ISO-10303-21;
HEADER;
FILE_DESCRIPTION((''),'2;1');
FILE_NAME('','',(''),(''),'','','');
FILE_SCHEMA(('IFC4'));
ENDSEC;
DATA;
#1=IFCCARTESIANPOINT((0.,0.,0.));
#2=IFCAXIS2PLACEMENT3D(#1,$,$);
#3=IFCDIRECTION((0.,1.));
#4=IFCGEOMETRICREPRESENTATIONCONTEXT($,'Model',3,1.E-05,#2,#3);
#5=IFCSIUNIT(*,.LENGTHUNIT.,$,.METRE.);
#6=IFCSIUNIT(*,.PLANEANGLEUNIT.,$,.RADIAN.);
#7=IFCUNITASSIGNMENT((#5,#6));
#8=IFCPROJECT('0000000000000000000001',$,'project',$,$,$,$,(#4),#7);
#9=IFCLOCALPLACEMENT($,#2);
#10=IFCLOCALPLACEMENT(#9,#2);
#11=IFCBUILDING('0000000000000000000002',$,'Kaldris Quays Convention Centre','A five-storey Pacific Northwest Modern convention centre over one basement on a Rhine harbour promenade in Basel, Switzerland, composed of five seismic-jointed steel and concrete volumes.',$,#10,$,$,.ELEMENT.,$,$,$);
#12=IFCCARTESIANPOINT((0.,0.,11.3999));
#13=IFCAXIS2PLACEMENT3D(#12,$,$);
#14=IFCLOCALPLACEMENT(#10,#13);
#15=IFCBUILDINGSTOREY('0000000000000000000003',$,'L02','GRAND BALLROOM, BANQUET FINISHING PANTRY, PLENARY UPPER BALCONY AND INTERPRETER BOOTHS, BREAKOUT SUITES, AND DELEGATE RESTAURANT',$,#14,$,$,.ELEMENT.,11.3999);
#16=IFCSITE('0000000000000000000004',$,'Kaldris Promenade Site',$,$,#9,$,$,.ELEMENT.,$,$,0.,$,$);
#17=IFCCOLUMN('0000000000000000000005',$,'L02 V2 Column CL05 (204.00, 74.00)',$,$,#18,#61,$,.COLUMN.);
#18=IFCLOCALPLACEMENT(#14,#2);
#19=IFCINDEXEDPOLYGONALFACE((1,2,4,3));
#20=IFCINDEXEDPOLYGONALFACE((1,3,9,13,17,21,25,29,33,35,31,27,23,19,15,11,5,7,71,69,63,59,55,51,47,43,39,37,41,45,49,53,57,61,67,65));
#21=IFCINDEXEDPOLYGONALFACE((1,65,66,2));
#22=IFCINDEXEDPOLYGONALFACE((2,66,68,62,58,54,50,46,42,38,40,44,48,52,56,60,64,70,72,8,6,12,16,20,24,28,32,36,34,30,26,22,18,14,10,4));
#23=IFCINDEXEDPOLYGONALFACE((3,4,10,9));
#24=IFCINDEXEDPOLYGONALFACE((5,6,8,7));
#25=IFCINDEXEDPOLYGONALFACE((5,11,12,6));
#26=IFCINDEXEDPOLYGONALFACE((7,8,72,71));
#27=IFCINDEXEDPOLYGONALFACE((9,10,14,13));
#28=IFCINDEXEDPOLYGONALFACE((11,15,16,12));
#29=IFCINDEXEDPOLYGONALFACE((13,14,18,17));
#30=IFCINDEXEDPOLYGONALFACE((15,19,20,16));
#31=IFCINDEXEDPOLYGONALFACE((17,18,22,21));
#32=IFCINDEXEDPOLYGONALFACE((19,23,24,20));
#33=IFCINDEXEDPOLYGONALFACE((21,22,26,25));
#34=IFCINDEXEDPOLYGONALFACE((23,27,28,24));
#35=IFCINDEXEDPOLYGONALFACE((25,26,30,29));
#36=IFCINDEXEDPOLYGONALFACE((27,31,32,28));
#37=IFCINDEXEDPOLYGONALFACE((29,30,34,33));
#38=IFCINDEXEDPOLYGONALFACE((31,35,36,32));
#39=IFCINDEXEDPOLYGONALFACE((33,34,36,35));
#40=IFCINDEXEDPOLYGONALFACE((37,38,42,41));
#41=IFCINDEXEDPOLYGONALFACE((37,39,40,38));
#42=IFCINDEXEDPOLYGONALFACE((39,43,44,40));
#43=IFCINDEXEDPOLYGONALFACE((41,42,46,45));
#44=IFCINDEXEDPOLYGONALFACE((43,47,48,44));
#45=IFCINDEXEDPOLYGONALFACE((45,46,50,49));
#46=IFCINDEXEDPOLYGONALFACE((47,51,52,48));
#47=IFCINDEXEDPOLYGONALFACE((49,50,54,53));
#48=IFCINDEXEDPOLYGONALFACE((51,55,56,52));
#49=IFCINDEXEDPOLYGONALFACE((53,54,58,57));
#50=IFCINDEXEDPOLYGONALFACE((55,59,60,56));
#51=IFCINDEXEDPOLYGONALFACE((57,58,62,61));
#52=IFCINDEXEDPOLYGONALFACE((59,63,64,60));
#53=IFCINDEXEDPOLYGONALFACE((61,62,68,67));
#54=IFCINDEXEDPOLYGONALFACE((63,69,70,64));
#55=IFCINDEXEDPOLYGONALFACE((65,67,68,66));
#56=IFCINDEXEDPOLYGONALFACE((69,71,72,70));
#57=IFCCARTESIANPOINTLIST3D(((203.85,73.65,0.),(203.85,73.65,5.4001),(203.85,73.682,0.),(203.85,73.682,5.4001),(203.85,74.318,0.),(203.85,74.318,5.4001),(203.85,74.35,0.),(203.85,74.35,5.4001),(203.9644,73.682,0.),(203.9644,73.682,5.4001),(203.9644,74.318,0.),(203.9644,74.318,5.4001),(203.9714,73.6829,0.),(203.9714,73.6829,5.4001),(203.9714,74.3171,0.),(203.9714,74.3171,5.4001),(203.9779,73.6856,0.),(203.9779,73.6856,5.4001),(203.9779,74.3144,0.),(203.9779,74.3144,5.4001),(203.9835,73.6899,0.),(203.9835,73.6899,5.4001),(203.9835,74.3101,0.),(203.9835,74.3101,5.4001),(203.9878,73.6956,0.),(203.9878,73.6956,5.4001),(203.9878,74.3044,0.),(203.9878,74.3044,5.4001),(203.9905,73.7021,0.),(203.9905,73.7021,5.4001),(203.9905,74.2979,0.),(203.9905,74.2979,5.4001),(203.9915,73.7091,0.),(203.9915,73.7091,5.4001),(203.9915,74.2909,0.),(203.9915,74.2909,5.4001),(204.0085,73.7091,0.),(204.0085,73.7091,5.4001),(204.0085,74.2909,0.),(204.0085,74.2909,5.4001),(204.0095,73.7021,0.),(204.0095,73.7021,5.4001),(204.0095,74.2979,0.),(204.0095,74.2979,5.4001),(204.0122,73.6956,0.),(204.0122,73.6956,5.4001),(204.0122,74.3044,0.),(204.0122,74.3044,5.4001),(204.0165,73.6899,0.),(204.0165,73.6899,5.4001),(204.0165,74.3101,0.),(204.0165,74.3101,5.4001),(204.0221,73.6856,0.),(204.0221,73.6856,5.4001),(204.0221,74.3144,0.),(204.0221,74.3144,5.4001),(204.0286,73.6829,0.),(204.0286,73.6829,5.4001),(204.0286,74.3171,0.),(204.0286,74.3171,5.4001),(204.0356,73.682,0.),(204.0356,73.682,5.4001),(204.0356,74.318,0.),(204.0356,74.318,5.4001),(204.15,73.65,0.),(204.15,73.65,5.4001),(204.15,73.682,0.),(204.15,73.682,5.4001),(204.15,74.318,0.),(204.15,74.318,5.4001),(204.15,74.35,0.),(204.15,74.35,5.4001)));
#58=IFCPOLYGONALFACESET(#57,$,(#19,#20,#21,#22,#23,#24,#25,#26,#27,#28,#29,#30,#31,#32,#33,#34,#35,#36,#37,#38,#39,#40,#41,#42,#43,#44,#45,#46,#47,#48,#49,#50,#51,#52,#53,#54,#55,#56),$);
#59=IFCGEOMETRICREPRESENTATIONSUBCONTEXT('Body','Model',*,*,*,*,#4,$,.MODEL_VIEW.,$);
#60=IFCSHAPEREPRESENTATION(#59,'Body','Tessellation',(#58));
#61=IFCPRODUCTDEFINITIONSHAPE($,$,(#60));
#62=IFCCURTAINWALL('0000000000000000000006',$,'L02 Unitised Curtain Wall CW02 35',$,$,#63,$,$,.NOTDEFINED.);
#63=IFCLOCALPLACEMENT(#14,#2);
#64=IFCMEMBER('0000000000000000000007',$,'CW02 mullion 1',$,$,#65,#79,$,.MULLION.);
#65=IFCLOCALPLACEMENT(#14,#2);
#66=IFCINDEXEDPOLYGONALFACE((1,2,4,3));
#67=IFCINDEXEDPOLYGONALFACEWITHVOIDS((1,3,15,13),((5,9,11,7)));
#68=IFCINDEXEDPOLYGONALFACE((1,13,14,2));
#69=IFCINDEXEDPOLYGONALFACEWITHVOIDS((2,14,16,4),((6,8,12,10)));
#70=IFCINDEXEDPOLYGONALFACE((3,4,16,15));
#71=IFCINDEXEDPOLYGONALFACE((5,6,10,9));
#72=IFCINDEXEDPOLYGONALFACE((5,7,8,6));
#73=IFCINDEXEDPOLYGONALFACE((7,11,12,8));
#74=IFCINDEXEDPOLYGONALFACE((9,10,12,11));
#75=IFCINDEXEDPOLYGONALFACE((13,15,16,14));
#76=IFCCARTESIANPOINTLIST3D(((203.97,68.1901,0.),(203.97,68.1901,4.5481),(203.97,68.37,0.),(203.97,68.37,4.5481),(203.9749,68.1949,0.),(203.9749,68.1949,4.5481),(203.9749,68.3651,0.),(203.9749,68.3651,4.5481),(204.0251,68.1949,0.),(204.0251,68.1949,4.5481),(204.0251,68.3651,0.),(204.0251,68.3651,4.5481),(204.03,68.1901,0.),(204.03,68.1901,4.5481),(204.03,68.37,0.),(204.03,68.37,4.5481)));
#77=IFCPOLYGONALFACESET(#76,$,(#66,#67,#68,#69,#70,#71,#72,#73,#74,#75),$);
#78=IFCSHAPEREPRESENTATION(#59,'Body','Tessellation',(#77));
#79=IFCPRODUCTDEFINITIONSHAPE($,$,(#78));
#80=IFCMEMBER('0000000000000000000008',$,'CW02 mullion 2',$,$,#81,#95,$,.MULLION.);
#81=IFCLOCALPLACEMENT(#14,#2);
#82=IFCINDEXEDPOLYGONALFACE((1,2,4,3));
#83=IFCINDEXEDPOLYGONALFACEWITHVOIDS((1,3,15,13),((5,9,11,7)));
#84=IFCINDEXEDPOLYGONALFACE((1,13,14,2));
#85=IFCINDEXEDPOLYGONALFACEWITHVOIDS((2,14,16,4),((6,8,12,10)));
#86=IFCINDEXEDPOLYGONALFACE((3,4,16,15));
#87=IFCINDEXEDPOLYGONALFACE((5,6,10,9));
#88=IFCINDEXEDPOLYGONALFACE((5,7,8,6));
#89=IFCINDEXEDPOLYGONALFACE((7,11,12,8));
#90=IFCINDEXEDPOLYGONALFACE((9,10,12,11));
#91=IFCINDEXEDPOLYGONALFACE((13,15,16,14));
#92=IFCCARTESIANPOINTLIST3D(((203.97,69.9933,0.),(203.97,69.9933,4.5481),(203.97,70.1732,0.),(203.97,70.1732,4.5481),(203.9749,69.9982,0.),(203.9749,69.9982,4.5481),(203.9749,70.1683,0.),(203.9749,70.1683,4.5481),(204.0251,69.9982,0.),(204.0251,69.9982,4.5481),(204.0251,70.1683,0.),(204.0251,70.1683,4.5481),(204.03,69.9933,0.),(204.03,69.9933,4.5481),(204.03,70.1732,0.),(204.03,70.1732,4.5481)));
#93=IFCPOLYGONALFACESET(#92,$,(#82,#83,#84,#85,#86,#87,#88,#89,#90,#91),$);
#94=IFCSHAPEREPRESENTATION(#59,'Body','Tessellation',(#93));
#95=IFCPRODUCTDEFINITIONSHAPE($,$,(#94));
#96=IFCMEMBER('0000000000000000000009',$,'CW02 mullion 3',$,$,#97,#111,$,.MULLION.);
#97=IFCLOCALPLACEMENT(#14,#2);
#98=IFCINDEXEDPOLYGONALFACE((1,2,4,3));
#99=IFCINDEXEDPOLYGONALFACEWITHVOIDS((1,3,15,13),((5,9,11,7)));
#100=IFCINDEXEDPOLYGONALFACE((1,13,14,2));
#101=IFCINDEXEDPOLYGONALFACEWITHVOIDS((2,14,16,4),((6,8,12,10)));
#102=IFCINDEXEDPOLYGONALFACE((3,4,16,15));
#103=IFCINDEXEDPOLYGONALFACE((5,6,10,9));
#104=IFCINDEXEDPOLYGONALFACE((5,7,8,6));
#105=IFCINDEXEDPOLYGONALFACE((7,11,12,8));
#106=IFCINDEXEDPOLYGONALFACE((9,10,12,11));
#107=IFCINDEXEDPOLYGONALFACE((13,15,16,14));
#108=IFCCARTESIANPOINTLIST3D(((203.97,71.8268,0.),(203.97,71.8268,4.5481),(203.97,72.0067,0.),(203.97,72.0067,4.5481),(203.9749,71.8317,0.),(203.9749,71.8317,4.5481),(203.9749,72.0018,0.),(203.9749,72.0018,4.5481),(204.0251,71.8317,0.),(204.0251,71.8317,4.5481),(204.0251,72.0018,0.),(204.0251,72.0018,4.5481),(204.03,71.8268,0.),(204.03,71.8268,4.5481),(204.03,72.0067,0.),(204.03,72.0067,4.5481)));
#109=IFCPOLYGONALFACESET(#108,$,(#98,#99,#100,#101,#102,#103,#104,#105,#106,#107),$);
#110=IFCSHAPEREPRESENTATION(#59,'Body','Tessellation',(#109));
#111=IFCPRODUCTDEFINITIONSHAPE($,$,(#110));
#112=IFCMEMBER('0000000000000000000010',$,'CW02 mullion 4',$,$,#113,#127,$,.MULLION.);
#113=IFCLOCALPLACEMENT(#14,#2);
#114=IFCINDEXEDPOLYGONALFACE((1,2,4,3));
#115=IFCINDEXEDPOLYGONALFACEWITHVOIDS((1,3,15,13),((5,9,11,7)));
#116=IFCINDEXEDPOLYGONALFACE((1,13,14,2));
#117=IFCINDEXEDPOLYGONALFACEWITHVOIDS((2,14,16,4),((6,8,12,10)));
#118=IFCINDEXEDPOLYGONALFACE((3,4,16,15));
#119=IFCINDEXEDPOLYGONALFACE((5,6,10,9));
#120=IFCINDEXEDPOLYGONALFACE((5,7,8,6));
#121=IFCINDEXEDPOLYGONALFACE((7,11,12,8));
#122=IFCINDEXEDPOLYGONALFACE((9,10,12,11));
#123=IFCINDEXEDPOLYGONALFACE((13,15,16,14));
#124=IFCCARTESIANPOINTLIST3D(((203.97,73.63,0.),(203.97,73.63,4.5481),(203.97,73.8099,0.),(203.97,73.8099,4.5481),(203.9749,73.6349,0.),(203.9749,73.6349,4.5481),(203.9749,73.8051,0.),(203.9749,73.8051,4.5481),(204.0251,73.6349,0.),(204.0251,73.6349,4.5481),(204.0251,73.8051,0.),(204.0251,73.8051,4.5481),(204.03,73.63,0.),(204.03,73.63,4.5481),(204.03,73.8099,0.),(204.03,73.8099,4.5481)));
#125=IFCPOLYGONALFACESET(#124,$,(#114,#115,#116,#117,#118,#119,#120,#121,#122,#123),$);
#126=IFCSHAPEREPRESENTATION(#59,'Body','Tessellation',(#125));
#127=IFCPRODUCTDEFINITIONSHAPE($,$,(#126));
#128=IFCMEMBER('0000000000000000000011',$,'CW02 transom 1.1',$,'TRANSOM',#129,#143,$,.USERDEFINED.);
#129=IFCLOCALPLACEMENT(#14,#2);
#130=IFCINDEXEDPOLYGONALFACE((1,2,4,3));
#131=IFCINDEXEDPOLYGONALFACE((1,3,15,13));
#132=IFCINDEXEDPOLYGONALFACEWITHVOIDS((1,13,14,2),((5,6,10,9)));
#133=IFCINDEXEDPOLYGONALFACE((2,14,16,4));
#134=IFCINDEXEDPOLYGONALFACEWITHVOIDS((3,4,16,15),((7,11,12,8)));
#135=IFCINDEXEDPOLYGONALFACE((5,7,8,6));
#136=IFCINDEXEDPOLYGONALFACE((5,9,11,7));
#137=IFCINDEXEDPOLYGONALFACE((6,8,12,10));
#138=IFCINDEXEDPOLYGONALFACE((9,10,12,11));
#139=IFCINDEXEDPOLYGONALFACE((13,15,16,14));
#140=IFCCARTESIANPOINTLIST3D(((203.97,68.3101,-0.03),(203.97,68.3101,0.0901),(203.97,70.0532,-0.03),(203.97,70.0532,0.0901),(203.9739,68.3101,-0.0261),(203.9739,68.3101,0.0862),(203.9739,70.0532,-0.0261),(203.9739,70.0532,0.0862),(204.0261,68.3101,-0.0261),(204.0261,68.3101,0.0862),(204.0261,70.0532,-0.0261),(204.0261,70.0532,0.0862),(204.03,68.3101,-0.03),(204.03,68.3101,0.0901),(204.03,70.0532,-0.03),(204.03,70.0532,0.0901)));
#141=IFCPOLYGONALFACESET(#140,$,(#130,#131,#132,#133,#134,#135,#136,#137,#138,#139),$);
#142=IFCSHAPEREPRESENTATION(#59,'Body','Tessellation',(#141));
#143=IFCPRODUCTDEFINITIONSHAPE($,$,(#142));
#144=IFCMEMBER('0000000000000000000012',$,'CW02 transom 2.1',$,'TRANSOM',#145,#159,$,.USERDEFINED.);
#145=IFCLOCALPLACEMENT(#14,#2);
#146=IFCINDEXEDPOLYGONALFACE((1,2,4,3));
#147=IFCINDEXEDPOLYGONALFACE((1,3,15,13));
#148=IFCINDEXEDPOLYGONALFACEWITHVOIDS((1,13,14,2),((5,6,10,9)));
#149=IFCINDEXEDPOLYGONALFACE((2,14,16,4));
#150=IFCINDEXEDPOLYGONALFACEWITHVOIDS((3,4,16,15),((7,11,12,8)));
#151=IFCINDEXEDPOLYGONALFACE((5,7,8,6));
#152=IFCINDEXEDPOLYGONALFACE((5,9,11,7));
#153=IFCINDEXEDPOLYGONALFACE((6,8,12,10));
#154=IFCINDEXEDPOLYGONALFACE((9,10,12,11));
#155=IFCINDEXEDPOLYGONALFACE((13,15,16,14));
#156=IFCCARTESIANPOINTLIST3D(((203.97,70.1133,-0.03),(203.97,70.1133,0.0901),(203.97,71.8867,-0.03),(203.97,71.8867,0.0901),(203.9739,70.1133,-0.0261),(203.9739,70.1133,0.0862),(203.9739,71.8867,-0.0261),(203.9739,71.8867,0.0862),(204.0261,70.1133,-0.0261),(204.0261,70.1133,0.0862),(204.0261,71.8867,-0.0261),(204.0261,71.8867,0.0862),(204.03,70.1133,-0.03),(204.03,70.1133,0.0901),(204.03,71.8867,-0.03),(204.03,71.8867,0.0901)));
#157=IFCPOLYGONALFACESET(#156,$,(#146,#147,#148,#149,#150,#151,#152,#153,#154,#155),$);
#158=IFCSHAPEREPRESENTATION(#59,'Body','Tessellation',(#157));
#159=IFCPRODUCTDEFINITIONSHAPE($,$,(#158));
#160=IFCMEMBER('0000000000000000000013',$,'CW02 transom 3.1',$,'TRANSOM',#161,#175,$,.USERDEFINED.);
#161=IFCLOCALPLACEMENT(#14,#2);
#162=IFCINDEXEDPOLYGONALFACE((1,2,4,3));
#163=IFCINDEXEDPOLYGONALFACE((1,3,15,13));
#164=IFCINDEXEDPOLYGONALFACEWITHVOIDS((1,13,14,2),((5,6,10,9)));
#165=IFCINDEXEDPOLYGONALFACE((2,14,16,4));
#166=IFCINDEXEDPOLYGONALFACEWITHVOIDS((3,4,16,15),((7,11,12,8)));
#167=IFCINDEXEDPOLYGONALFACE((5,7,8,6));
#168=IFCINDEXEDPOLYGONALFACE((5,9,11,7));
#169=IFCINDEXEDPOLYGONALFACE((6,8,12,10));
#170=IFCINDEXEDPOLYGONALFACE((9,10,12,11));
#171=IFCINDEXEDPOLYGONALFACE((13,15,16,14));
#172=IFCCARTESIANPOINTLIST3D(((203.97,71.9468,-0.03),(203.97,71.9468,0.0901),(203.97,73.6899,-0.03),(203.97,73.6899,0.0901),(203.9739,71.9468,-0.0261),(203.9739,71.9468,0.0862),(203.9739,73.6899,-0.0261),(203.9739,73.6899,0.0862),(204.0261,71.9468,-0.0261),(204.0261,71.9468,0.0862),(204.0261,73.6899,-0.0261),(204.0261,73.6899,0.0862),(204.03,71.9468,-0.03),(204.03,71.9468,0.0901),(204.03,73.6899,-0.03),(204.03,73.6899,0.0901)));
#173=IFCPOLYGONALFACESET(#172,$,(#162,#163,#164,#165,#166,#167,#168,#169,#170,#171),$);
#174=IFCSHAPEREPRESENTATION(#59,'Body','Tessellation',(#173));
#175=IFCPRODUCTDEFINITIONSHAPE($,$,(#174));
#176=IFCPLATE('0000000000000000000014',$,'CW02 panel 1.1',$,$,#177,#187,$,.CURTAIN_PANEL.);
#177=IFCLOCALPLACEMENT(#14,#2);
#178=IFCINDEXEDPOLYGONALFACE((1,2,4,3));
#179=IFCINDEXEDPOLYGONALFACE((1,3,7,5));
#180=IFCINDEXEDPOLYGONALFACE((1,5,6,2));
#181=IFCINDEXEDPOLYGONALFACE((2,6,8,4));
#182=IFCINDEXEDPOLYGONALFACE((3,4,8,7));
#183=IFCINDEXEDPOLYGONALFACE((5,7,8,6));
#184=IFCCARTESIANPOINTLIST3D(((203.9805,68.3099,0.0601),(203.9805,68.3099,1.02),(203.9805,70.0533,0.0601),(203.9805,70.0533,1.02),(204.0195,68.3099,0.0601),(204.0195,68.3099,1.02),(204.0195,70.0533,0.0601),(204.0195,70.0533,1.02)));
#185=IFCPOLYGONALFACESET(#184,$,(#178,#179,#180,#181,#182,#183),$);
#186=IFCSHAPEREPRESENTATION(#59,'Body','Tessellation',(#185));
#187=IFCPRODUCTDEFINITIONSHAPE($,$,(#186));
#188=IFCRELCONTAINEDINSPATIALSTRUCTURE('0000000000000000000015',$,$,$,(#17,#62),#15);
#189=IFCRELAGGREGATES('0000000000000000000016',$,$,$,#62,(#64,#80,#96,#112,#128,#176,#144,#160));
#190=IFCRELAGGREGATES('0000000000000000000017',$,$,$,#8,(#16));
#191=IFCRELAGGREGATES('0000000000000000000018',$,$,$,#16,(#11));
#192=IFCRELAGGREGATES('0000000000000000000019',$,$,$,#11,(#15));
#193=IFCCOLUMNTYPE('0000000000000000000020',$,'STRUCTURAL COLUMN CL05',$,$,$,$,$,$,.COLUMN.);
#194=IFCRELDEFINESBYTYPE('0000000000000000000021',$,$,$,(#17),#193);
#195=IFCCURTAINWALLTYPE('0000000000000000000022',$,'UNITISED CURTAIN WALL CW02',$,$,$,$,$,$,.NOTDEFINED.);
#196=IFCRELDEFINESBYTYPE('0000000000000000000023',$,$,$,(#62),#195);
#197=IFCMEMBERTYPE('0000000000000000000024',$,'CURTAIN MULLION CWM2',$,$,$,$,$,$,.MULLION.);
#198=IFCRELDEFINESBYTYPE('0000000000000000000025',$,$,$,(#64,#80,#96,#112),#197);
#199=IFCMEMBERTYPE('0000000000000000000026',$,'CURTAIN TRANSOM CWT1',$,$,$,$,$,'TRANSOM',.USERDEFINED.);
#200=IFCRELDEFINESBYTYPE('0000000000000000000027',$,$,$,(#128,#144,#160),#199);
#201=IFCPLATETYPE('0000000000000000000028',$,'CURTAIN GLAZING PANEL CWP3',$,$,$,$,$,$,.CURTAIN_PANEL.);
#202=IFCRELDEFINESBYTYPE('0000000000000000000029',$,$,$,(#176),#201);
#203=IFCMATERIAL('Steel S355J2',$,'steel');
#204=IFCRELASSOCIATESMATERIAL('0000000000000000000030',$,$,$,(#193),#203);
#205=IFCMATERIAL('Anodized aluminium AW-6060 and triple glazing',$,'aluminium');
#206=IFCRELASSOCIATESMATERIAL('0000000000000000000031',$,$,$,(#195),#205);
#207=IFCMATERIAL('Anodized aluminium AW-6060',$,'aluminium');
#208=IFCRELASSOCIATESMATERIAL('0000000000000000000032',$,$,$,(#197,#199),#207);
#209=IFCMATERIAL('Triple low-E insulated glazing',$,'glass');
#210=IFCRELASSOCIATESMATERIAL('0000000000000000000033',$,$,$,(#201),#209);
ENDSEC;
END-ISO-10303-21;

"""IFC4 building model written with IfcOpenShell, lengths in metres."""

from ifc_helpers import new_model, si_unit, direction, frame, origin, origin_2d, place, context, subcontext, project, spatial, rectangle, hollow_rectangle, i_section, extrude, material, material_profile, profile_set, type_object, element, aggregate, save


model = new_model("IFC4")

# Units and contexts
model_context = context("Model", 3, precision=1e-05, world=origin(), true_north=direction((0.0, 1.0)))
body_context = subcontext(model_context, "Body", "Model", "MODEL_VIEW")
ifc_project = project(units=[si_unit("LENGTHUNIT", "METRE"), si_unit("PLANEANGLEUNIT", "RADIAN")], contexts=[model_context])

# Site, building, storey
site_placement = place(None, origin())
site = spatial("IfcSite", under=ifc_project, at=site_placement, Name="Kaldris Promenade Site", CompositionType="ELEMENT", RefElevation=0.0)
building_placement = place(site_placement, origin())
building = spatial("IfcBuilding", under=site, at=building_placement, Name="Kaldris Quays Convention Centre", Description="A five-storey Pacific Northwest Modern convention centre over one basement on a Rhine harbour promenade in Basel, Switzerland, composed of five seismic-jointed steel and concrete volumes.", CompositionType="ELEMENT")
storey_placement = place(building_placement, frame((0.0, 0.0, 11.3999)))
storey = spatial("IfcBuildingStorey", under=building, at=storey_placement, Name="L02", Description="GRAND BALLROOM, BANQUET FINISHING PANTRY, PLENARY UPPER BALCONY AND INTERPRETER BOOTHS, BREAKOUT SUITES, AND DELEGATE RESTAURANT", CompositionType="ELEMENT", Elevation=11.3999)

# Column
ifc_material_1 = material(Name="Steel S355J2", Category="steel")
ifc_material_profile_1 = material_profile(ifc_material_1, i_section(OverallWidth=0.3, OverallDepth=0.7, WebThickness=0.0171, FlangeThickness=0.032, FilletRadius=0.0271, at=origin_2d()), Name="HEB 700")
ifc_profile_set_1 = profile_set([ifc_material_profile_1], Name="Steel S355J2")
column_type = type_object("IfcColumnType", Name="STRUCTURAL COLUMN CL05", PredefinedType="COLUMN", material=ifc_profile_set_1)
column_placement = place(storey_placement, frame((204.0, 74.0, 0.0), z_axis=(0.0, 0.0, 1.0), x_axis=(1.0, 0.0, 0.0)))
element("IfcColumn", 1, at=column_placement, inside=storey, type_object=column_type, Name="L02 V2 Column CL05 (204.00, 74.00)", PredefinedType="COLUMN", context=body_context, shape_type="SweptSolid", body=[
    extrude(i_section(OverallWidth=0.3, OverallDepth=0.7, WebThickness=0.0171, FlangeThickness=0.032, FilletRadius=0.0271, at=origin_2d()), origin(), (0.0, 0.0, 1.0), 5.4001),
])

# Curtain wall, members, plate
ifc_material_2 = material(Name="Anodized aluminium AW-6060 and triple glazing", Category="aluminium")
curtain_wall_type = type_object("IfcCurtainWallType", Name="UNITISED CURTAIN WALL CW02", PredefinedType="NOTDEFINED", material=ifc_material_2)
curtain_wall_placement = place(storey_placement, origin())
curtain_wall = element("IfcCurtainWall", 2, at=curtain_wall_placement, inside=storey, type_object=curtain_wall_type, Name="L02 Unitised Curtain Wall CW02 35", PredefinedType="NOTDEFINED")
ifc_material_3 = material(Name="Anodized aluminium AW-6060", Category="aluminium")
ifc_material_profile_2 = material_profile(ifc_material_3, hollow_rectangle(XDim=0.0601, YDim=0.1799, WallThickness=0.0049, at=origin_2d()), Name="RHS 180x60x5")
ifc_profile_set_2 = profile_set([ifc_material_profile_2], Name="Anodized aluminium AW-6060")
member_type_1 = type_object("IfcMemberType", Name="CURTAIN MULLION CWM2", PredefinedType="MULLION", material=ifc_profile_set_2)
member_1_placement = place(storey_placement, frame((204.0, 68.28, 0.0), z_axis=(0.0, 0.0, 1.0), x_axis=(-1.0, 0.0, 0.0)))
member_1 = element("IfcMember", 3, at=member_1_placement, type_object=member_type_1, Name="CW02 mullion 1", PredefinedType="MULLION", context=body_context, shape_type="SweptSolid", body=[
    extrude(hollow_rectangle(XDim=0.0601, YDim=0.1799, WallThickness=0.0049, at=origin_2d()), origin(), (0.0, 0.0, 1.0), 4.5481),
])
member_2_placement = place(storey_placement, frame((204.0, 70.0833, 0.0), z_axis=(0.0, 0.0, 1.0), x_axis=(-1.0, 0.0, 0.0)))
member_2 = element("IfcMember", 4, at=member_2_placement, type_object=member_type_1, Name="CW02 mullion 2", PredefinedType="MULLION", context=body_context, shape_type="SweptSolid", body=[
    extrude(hollow_rectangle(XDim=0.0601, YDim=0.1799, WallThickness=0.0049, at=origin_2d()), origin(), (0.0, 0.0, 1.0), 4.5481),
])
member_3_placement = place(storey_placement, frame((204.0, 71.9167, 0.0), z_axis=(0.0, 0.0, 1.0), x_axis=(-1.0, 0.0, 0.0)))
member_3 = element("IfcMember", 5, at=member_3_placement, type_object=member_type_1, Name="CW02 mullion 3", PredefinedType="MULLION", context=body_context, shape_type="SweptSolid", body=[
    extrude(hollow_rectangle(XDim=0.0601, YDim=0.1799, WallThickness=0.0049, at=origin_2d()), origin(), (0.0, 0.0, 1.0), 4.5481),
])
member_4_placement = place(storey_placement, frame((204.0, 73.72, 0.0), z_axis=(0.0, 0.0, 1.0), x_axis=(-1.0, 0.0, 0.0)))
member_4 = element("IfcMember", 6, at=member_4_placement, type_object=member_type_1, Name="CW02 mullion 4", PredefinedType="MULLION", context=body_context, shape_type="SweptSolid", body=[
    extrude(hollow_rectangle(XDim=0.0601, YDim=0.1799, WallThickness=0.0049, at=origin_2d()), origin(), (0.0, 0.0, 1.0), 4.5481),
])
ifc_material_profile_3 = material_profile(ifc_material_3, hollow_rectangle(XDim=0.0601, YDim=0.1201, WallThickness=0.0039, at=origin_2d()), Name="RHS 120x60x4")
ifc_profile_set_3 = profile_set([ifc_material_profile_3], Name="Anodized aluminium AW-6060")
member_type_2 = type_object("IfcMemberType", Name="CURTAIN TRANSOM CWT1", ElementType="TRANSOM", PredefinedType="USERDEFINED", material=ifc_profile_set_3)
member_5_placement = place(storey_placement, frame((204.0, 68.3101, 0.03), z_axis=(0.0, 1.0, 0.0), x_axis=(-1.0, 0.0, 0.0)))
member_5 = element("IfcMember", 7, at=member_5_placement, type_object=member_type_2, Name="CW02 transom 1.1", ObjectType="TRANSOM", PredefinedType="USERDEFINED", context=body_context, shape_type="SweptSolid", body=[
    extrude(hollow_rectangle(XDim=0.0601, YDim=0.1201, WallThickness=0.0039, at=origin_2d()), origin(), (0.0, 0.0, 1.0), 1.7432),
])
member_6_placement = place(storey_placement, frame((204.0, 70.1133, 0.03), z_axis=(0.0, 1.0, 0.0), x_axis=(-1.0, 0.0, 0.0)))
member_6 = element("IfcMember", 8, at=member_6_placement, type_object=member_type_2, Name="CW02 transom 2.1", ObjectType="TRANSOM", PredefinedType="USERDEFINED", context=body_context, shape_type="SweptSolid", body=[
    extrude(hollow_rectangle(XDim=0.0601, YDim=0.1201, WallThickness=0.0039, at=origin_2d()), origin(), (0.0, 0.0, 1.0), 1.7734),
])
member_7_placement = place(storey_placement, frame((204.0, 71.9468, 0.03), z_axis=(0.0, 1.0, 0.0), x_axis=(-1.0, 0.0, 0.0)))
member_7 = element("IfcMember", 9, at=member_7_placement, type_object=member_type_2, Name="CW02 transom 3.1", ObjectType="TRANSOM", PredefinedType="USERDEFINED", context=body_context, shape_type="SweptSolid", body=[
    extrude(hollow_rectangle(XDim=0.0601, YDim=0.1201, WallThickness=0.0039, at=origin_2d()), origin(), (0.0, 0.0, 1.0), 1.7432),
])
ifc_material_4 = material(Name="Triple low-E insulated glazing", Category="glass")
plate_type = type_object("IfcPlateType", Name="CURTAIN GLAZING PANEL CWP3", PredefinedType="CURTAIN_PANEL", material=ifc_material_4)
plate_1_placement = place(storey_placement, frame((204.0, 69.1816, 0.0601), z_axis=(0.0, 0.0, 1.0), x_axis=(0.0, 1.0, 0.0)))
plate_1 = element("IfcPlate", 10, at=plate_1_placement, type_object=plate_type, Name="CW02 panel 1.1", PredefinedType="CURTAIN_PANEL", context=body_context, shape_type="SweptSolid", body=[
    extrude(rectangle(XDim=1.7434, YDim=0.0391, at=origin_2d()), origin(), (0.0, 0.0, 1.0), 0.96),
])
aggregate(curtain_wall, [member_1, member_2, member_3, member_4, member_5, plate_1, member_6, member_7])

save(model, "model.ifc")
